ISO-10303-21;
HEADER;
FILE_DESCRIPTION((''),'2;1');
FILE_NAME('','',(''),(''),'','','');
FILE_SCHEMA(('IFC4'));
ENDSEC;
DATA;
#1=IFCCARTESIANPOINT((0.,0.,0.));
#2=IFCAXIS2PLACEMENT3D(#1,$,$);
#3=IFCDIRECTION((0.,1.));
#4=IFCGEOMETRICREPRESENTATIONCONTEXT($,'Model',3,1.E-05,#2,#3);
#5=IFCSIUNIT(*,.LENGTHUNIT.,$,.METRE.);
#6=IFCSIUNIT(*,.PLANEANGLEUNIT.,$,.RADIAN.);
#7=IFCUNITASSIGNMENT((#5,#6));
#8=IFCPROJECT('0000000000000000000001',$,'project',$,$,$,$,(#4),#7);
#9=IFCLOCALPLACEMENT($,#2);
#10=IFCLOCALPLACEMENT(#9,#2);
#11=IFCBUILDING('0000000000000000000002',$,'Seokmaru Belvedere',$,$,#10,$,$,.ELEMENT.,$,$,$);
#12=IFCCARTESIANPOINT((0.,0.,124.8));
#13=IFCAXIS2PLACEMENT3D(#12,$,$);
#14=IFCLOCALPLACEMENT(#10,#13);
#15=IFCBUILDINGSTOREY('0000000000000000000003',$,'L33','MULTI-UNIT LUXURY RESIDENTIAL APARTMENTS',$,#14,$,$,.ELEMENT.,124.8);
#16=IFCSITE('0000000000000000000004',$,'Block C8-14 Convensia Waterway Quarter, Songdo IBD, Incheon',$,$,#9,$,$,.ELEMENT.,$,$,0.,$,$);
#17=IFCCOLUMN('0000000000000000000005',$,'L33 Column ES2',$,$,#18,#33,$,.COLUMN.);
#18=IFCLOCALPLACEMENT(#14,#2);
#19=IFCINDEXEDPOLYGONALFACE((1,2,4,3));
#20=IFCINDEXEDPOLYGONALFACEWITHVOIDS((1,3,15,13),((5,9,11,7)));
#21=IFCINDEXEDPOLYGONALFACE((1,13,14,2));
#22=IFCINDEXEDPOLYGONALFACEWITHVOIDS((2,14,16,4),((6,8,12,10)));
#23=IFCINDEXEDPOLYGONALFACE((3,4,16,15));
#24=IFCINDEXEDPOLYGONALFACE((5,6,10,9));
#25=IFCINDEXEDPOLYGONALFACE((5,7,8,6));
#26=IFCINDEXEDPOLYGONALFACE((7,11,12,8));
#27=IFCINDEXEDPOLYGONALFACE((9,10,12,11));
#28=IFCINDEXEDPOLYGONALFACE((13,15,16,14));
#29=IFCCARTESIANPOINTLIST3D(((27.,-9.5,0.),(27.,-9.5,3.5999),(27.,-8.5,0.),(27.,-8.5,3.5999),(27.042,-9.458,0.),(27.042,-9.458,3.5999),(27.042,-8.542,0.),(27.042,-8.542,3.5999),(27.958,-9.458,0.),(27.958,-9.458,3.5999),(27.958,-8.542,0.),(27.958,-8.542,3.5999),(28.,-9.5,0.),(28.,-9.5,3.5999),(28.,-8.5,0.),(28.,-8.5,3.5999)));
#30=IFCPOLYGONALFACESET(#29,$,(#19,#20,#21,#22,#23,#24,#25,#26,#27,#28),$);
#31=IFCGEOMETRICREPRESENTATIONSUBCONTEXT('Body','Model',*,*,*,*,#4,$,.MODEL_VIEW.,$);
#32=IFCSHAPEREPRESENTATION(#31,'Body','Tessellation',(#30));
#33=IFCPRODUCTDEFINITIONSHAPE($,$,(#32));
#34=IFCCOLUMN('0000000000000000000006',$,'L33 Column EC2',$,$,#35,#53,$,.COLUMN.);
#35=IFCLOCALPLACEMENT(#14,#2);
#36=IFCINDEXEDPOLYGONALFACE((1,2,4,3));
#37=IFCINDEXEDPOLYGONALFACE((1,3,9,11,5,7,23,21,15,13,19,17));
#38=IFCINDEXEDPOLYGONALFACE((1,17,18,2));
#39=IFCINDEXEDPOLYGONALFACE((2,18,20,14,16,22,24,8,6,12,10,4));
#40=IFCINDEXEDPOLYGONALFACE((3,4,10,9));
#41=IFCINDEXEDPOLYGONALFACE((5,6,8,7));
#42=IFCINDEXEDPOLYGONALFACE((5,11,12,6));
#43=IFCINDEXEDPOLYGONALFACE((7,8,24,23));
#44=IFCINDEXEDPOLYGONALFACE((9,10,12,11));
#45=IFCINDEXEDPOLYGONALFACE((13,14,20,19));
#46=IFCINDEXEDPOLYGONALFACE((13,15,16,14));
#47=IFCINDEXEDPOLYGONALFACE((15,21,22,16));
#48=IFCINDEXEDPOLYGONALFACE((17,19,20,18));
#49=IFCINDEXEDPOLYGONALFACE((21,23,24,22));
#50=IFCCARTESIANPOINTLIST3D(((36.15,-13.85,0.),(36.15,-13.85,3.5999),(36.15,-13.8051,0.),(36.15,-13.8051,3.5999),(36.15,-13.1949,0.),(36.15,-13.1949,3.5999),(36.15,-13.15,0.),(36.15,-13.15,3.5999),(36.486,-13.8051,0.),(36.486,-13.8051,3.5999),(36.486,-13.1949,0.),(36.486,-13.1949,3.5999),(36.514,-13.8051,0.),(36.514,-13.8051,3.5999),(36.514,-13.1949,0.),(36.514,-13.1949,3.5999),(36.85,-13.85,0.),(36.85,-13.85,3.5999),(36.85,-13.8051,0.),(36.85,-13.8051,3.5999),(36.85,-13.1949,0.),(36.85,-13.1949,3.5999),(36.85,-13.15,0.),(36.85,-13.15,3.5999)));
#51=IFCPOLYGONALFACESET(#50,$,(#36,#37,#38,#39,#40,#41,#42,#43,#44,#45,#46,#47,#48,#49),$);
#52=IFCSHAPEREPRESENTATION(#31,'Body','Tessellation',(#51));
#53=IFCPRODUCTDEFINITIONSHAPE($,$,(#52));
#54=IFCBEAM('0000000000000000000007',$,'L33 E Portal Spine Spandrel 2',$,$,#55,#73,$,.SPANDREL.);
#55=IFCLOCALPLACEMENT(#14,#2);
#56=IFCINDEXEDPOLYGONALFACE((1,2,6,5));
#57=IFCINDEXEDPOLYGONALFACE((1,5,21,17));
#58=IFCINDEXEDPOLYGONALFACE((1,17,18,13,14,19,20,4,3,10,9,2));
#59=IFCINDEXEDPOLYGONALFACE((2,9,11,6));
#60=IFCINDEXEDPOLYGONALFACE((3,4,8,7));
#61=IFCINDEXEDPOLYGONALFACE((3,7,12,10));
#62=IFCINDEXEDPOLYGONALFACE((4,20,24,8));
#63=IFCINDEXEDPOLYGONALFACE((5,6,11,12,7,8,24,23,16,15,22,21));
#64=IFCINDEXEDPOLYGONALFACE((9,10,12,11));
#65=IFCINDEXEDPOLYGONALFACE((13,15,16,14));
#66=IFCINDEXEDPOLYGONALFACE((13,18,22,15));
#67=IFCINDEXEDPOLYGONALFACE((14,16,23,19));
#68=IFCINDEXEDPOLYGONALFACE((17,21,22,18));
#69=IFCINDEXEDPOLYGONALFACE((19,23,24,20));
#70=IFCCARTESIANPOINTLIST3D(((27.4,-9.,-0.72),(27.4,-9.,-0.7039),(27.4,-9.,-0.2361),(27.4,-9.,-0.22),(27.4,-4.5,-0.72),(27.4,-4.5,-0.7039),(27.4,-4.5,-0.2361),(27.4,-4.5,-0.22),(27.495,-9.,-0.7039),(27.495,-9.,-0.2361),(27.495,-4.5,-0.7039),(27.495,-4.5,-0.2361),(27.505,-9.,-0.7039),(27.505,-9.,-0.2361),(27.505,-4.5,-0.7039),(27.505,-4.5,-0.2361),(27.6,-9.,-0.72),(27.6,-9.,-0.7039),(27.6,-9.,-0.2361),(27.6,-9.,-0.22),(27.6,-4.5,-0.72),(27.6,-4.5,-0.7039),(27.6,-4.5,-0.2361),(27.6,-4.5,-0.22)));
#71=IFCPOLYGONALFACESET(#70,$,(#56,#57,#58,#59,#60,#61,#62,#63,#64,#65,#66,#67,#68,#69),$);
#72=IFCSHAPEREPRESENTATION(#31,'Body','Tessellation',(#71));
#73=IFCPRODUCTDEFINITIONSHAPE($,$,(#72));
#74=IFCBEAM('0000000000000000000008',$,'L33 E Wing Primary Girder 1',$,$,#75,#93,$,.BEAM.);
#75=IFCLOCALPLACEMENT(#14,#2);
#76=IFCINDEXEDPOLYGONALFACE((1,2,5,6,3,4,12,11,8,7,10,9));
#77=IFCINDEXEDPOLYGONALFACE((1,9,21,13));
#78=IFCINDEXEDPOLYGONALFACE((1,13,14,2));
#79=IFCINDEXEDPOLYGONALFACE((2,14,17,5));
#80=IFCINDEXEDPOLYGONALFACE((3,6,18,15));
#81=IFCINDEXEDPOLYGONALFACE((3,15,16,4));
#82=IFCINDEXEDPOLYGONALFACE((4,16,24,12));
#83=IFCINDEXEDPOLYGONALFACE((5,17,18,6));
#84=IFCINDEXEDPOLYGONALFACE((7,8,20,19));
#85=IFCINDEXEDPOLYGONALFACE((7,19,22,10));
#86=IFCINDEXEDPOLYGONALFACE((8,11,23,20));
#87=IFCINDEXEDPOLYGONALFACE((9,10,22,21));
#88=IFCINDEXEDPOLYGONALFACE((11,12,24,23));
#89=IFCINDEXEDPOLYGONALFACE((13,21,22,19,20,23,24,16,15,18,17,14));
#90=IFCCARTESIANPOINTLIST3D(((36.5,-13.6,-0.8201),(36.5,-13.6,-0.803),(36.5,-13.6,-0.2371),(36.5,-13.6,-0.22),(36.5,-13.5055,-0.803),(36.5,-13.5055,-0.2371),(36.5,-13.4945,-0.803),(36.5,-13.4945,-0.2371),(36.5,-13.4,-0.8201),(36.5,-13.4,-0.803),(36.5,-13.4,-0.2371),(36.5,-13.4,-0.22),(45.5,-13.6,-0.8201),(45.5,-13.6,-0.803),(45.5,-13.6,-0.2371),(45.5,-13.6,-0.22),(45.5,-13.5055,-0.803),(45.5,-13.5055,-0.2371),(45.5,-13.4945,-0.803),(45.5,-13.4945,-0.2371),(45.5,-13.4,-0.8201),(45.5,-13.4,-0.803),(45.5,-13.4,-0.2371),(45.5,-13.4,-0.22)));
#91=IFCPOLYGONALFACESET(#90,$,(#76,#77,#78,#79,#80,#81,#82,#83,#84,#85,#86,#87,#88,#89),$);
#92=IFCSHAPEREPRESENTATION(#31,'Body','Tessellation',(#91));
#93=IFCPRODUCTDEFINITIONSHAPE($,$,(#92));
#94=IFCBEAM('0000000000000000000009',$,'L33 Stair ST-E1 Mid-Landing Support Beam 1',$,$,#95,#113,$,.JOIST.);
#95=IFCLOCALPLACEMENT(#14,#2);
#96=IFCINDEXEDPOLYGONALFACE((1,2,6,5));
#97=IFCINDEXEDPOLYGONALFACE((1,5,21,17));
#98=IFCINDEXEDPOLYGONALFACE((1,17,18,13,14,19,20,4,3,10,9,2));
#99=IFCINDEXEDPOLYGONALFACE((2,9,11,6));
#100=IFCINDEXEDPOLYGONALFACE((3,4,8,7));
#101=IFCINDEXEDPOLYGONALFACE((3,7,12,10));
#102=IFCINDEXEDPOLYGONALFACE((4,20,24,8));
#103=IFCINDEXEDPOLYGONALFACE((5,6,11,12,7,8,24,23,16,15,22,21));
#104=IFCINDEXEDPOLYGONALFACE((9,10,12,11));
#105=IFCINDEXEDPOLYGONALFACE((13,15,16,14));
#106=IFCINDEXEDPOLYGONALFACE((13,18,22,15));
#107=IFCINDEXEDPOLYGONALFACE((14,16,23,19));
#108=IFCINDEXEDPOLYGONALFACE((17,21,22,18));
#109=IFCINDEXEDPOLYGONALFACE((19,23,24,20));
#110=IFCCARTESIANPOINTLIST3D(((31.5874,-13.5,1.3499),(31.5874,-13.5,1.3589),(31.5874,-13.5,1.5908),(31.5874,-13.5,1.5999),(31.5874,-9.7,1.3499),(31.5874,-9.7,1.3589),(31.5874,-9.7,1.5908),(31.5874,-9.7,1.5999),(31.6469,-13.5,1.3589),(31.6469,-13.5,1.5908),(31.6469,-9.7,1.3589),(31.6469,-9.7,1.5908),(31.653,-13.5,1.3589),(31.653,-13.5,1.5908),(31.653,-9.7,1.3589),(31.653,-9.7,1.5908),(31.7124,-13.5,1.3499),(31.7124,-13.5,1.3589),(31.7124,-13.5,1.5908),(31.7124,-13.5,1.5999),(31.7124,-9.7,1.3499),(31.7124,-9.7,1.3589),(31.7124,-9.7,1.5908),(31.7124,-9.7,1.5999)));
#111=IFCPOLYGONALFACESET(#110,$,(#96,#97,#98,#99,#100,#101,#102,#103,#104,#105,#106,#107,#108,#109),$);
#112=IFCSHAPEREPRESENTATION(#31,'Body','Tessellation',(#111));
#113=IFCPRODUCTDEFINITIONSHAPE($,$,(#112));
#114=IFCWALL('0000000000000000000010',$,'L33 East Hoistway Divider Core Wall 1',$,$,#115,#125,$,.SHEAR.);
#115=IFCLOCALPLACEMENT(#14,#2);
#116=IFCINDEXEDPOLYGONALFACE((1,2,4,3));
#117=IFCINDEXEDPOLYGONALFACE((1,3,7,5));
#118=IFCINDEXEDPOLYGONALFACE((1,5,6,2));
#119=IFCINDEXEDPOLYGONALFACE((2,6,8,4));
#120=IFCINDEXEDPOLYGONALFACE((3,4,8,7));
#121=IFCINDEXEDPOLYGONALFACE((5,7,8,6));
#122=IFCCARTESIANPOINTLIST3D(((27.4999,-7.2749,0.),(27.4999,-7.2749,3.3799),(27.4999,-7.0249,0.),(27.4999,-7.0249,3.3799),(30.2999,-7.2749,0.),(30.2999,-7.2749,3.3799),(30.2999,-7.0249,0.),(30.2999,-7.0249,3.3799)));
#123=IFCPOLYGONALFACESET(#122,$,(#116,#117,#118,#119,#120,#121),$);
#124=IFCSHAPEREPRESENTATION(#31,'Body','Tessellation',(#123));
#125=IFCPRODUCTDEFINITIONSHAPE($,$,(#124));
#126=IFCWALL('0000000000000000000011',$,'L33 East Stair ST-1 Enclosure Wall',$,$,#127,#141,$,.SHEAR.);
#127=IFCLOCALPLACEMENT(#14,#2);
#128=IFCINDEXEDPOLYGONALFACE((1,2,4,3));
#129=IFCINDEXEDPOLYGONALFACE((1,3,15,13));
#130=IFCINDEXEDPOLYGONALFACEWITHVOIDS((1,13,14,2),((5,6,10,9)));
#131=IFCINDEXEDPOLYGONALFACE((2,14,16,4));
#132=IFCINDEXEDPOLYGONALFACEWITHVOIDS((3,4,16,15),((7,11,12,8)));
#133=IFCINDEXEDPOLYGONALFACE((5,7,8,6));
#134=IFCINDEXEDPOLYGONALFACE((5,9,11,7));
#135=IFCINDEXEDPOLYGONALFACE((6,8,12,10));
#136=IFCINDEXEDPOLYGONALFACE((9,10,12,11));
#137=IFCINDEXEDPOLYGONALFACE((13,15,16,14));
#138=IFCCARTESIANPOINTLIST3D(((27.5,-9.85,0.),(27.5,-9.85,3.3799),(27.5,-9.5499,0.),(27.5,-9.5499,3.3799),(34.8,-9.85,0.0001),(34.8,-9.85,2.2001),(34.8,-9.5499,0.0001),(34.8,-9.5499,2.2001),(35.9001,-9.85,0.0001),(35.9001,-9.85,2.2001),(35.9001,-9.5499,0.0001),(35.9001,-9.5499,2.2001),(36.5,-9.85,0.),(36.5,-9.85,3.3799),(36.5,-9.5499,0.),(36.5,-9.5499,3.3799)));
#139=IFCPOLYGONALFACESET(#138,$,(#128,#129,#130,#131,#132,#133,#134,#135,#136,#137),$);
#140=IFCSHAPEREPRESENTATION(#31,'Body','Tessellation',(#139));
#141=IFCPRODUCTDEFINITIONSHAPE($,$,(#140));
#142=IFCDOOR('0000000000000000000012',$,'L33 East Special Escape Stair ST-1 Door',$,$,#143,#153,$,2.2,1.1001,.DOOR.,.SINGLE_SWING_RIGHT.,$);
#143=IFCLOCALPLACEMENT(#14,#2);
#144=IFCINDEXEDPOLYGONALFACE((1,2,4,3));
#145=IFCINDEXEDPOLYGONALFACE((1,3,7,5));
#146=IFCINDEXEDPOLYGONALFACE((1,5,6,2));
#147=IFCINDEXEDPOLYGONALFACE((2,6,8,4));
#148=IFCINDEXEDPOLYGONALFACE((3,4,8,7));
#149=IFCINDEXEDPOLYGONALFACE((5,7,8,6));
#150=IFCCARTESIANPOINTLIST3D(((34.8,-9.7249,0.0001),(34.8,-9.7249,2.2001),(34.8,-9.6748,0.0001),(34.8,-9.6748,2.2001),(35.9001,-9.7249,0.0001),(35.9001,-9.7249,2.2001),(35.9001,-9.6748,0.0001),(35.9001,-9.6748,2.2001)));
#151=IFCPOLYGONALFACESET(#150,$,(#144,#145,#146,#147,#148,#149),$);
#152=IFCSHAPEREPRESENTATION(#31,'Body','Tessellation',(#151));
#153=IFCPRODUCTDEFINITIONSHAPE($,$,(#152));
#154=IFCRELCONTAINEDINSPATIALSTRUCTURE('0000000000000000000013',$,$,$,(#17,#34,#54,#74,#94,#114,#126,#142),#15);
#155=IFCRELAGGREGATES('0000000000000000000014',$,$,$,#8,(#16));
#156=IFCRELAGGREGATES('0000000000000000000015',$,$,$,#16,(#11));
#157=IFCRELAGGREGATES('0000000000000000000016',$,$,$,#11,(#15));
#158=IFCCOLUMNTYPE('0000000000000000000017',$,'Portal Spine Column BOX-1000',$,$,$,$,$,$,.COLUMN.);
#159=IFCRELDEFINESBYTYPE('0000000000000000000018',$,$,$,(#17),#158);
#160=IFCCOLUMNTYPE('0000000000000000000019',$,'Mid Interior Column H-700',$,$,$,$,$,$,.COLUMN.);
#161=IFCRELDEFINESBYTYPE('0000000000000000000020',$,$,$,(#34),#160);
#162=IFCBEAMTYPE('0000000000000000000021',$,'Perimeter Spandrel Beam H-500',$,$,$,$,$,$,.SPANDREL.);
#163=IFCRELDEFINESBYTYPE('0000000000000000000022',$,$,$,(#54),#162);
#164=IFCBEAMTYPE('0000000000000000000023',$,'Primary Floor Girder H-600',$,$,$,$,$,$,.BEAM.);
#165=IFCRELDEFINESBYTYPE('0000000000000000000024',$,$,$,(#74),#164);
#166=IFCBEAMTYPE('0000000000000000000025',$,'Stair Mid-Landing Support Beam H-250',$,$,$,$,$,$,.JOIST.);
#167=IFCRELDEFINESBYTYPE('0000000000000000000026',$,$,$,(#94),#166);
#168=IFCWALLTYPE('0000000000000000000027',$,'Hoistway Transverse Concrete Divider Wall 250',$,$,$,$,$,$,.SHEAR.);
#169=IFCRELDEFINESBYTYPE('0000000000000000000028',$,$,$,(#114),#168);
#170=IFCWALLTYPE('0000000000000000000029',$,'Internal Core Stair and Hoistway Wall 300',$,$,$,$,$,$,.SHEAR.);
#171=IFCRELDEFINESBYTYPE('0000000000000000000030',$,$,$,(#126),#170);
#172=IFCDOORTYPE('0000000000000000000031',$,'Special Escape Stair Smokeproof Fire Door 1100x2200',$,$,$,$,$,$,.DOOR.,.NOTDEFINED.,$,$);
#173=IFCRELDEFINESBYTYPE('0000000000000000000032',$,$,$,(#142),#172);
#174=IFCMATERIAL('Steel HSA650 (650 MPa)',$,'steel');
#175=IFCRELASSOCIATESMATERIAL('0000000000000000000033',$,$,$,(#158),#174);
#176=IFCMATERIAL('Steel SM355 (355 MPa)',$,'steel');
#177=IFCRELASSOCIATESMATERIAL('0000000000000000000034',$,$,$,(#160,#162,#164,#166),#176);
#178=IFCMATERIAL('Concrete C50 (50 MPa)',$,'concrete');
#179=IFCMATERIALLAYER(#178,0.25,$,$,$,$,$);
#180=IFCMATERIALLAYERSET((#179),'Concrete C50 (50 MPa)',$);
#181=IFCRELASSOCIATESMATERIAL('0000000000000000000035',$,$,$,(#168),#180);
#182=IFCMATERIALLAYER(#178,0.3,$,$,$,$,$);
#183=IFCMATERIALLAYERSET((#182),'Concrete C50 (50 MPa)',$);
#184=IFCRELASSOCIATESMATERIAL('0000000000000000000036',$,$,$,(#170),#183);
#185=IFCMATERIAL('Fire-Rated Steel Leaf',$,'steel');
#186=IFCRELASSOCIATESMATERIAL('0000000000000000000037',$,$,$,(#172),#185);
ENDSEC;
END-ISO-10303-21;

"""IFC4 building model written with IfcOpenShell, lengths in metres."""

from ifc_helpers import new_model, si_unit, direction, frame, frame_2d, origin, origin_2d, place, context, subcontext, project, spatial, rectangle, hollow_rectangle, i_section, extrude, source, transform, mapped, material, layer, layer_set, material_profile, profile_set, type_object, type_shapes, element, fill, save


model = new_model("IFC4")

# Units and contexts
model_context = context("Model", 3, precision=1e-05, world=origin(), true_north=direction((0.0, 1.0)))
body_context = subcontext(model_context, "Body", "Model", "MODEL_VIEW")
ifc_project = project(units=[si_unit("LENGTHUNIT", "METRE"), si_unit("PLANEANGLEUNIT", "RADIAN")], contexts=[model_context])

# Site, building, storey
site_placement = place(None, origin())
site = spatial("IfcSite", under=ifc_project, at=site_placement, Name="Block C8-14 Convensia Waterway Quarter, Songdo IBD, Incheon", CompositionType="ELEMENT", RefElevation=0.0)
building_placement = place(site_placement, origin())
building = spatial("IfcBuilding", under=site, at=building_placement, Name="Seokmaru Belvedere", CompositionType="ELEMENT")
storey_placement = place(building_placement, frame((0.0, 0.0, 124.8)))
storey = spatial("IfcBuildingStorey", under=building, at=storey_placement, Name="L33", Description="MULTI-UNIT LUXURY RESIDENTIAL APARTMENTS", CompositionType="ELEMENT", Elevation=124.8)

# Columns
ifc_material_1 = material(Name="Steel HSA650 (650 MPa)", Category="steel")
ifc_material_profile_1 = material_profile(ifc_material_1, hollow_rectangle(XDim=1.0, YDim=1.0, WallThickness=0.042, at=origin_2d()), Name="BOX-1000x1000x42")
ifc_profile_set_1 = profile_set([ifc_material_profile_1], Name="Steel HSA650 (650 MPa)")
column_type_1 = type_object("IfcColumnType", Name="Portal Spine Column BOX-1000", PredefinedType="COLUMN", material=ifc_profile_set_1)
shared_shape_1 = source(origin(), body_context, "Body", "SweptSolid", [
    extrude(hollow_rectangle(XDim=1.0, YDim=1.0, WallThickness=0.042, at=origin_2d()), origin(), (0.0, 0.0, 1.0), 3.5999),
])
type_shapes(column_type_1, [shared_shape_1])
column_1_placement = place(storey_placement, frame((27.5, -9.0, 0.0), z_axis=(0.0, 0.0, 1.0), x_axis=(1.0, 0.0, 0.0)))
element("IfcColumn", 1, at=column_1_placement, inside=storey, type_object=column_type_1, Name="L33 Column ES2", PredefinedType="COLUMN", context=body_context, shape_type="MappedRepresentation", body=[
    mapped(shared_shape_1, transform((0.0, 0.0, 0.0), scale=1.0)),
])
ifc_material_2 = material(Name="Steel SM355 (355 MPa)", Category="steel")
ifc_material_profile_2 = material_profile(ifc_material_2, i_section(OverallWidth=0.7, OverallDepth=0.7, WebThickness=0.0281, FlangeThickness=0.0449, at=origin_2d()), Name="H-700x700x28x45")
ifc_profile_set_2 = profile_set([ifc_material_profile_2], Name="Steel SM355 (355 MPa)")
column_type_2 = type_object("IfcColumnType", Name="Mid Interior Column H-700", PredefinedType="COLUMN", material=ifc_profile_set_2)
shared_shape_2 = source(origin(), body_context, "Body", "SweptSolid", [
    extrude(i_section(OverallWidth=0.7, OverallDepth=0.7, WebThickness=0.0281, FlangeThickness=0.0449, at=origin_2d()), origin(), (0.0, 0.0, 1.0), 3.5999),
])
type_shapes(column_type_2, [shared_shape_2])
column_2_placement = place(storey_placement, frame((36.5, -13.5, 0.0), z_axis=(0.0, 0.0, 1.0), x_axis=(1.0, 0.0, 0.0)))
element("IfcColumn", 2, at=column_2_placement, inside=storey, type_object=column_type_2, Name="L33 Column EC2", PredefinedType="COLUMN", context=body_context, shape_type="MappedRepresentation", body=[
    mapped(shared_shape_2, transform((0.0, 0.0, 0.0), scale=1.0)),
])

# Beams
ifc_material_profile_3 = material_profile(ifc_material_2, i_section(OverallWidth=0.2, OverallDepth=0.5, WebThickness=0.01, FlangeThickness=0.0161, at=origin_2d()), Name="H-500x200x10x16")
ifc_profile_set_3 = profile_set([ifc_material_profile_3], Name="Steel SM355 (355 MPa)")
beam_type_1 = type_object("IfcBeamType", Name="Perimeter Spandrel Beam H-500", PredefinedType="SPANDREL", material=ifc_profile_set_3)
shared_shape_3 = source(origin(), body_context, "Body", "SweptSolid", [
    extrude(i_section(OverallWidth=0.2, OverallDepth=0.5, WebThickness=0.01, FlangeThickness=0.0161, at=origin_2d()), origin(), (0.0, 0.0, 1.0), 4.5),
])
type_shapes(beam_type_1, [shared_shape_3])
beam_1_placement = place(storey_placement, frame((27.5, -9.0, -0.47), z_axis=(0.0, 1.0, 0.0), x_axis=(-1.0, 0.0, 0.0)))
element("IfcBeam", 3, at=beam_1_placement, inside=storey, type_object=beam_type_1, Name="L33 E Portal Spine Spandrel 2", PredefinedType="SPANDREL", context=body_context, shape_type="MappedRepresentation", body=[
    mapped(shared_shape_3, transform((0.0, 0.0, 0.0), scale=1.0)),
])
ifc_material_profile_4 = material_profile(ifc_material_2, i_section(OverallWidth=0.2, OverallDepth=0.6001, WebThickness=0.011, FlangeThickness=0.0171, at=origin_2d()), Name="H-600x200x11x17")
ifc_profile_set_4 = profile_set([ifc_material_profile_4], Name="Steel SM355 (355 MPa)")
beam_type_2 = type_object("IfcBeamType", Name="Primary Floor Girder H-600", PredefinedType="BEAM", material=ifc_profile_set_4)
shared_shape_4 = source(origin(), body_context, "Body", "SweptSolid", [
    extrude(i_section(OverallWidth=0.2, OverallDepth=0.6001, WebThickness=0.011, FlangeThickness=0.0171, at=origin_2d()), origin(), (0.0, 0.0, 1.0), 9.0),
])
type_shapes(beam_type_2, [shared_shape_4])
beam_2_placement = place(storey_placement, frame((36.5, -13.5, -0.52), z_axis=(1.0, 0.0, 0.0), x_axis=(0.0, 1.0, 0.0)))
element("IfcBeam", 4, at=beam_2_placement, inside=storey, type_object=beam_type_2, Name="L33 E Wing Primary Girder 1", PredefinedType="BEAM", context=body_context, shape_type="MappedRepresentation", body=[
    mapped(shared_shape_4, transform((0.0, 0.0, 0.0), scale=1.0)),
])
ifc_material_profile_5 = material_profile(ifc_material_2, i_section(OverallWidth=0.125, OverallDepth=0.25, WebThickness=0.0061, FlangeThickness=0.009, at=origin_2d()), Name="H-250x125x6x9")
ifc_profile_set_5 = profile_set([ifc_material_profile_5], Name="Steel SM355 (355 MPa)")
beam_type_3 = type_object("IfcBeamType", Name="Stair Mid-Landing Support Beam H-250", PredefinedType="JOIST", material=ifc_profile_set_5)
shared_shape_5 = source(origin(), body_context, "Body", "SweptSolid", [
    extrude(i_section(OverallWidth=0.125, OverallDepth=0.25, WebThickness=0.0061, FlangeThickness=0.009, at=origin_2d()), origin(), (0.0, 0.0, 1.0), 3.8),
])
type_shapes(beam_type_3, [shared_shape_5])
beam_3_placement = place(storey_placement, frame((31.6499, -13.5, 1.4749), z_axis=(0.0, 1.0, 0.0), x_axis=(-1.0, 0.0, 0.0)))
element("IfcBeam", 5, at=beam_3_placement, inside=storey, type_object=beam_type_3, Name="L33 Stair ST-E1 Mid-Landing Support Beam 1", PredefinedType="JOIST", context=body_context, shape_type="MappedRepresentation", body=[
    mapped(shared_shape_5, transform((0.0, 0.0, 0.0), scale=1.0)),
])

# Wall
ifc_material_3 = material(Name="Concrete C50 (50 MPa)", Category="concrete")
ifc_layer_1 = layer(ifc_material_3, 0.25)
ifc_layer_set_1 = layer_set([ifc_layer_1], Name="Concrete C50 (50 MPa)")
wall_type_1 = type_object("IfcWallType", Name="Hoistway Transverse Concrete Divider Wall 250", PredefinedType="SHEAR", material=ifc_layer_set_1)
wall_1_placement = place(storey_placement, frame((27.5, -7.1499, 0.0), z_axis=(0.0, 0.0, 1.0), x_axis=(1.0, 0.0, 0.0)))
element("IfcWall", 6, at=wall_1_placement, inside=storey, type_object=wall_type_1, Name="L33 East Hoistway Divider Core Wall 1", PredefinedType="SHEAR", context=body_context, shape_type="SweptSolid", body=[
    extrude(rectangle(XDim=2.8, YDim=0.25, at=frame_2d((1.3999, 0.0))), origin(), (0.0, 0.0, 1.0), 3.3799),
])

# Wall, opening, door
ifc_layer_2 = layer(ifc_material_3, 0.3)
ifc_layer_set_2 = layer_set([ifc_layer_2], Name="Concrete C50 (50 MPa)")
wall_type_2 = type_object("IfcWallType", Name="Internal Core Stair and Hoistway Wall 300", PredefinedType="SHEAR", material=ifc_layer_set_2)
wall_2_placement = place(storey_placement, frame((27.5, -9.7, 0.0), z_axis=(0.0, 0.0, 1.0), x_axis=(1.0, 0.0, 0.0)))
wall_2 = element("IfcWall", 7, at=wall_2_placement, inside=storey, type_object=wall_type_2, Name="L33 East Stair ST-1 Enclosure Wall", PredefinedType="SHEAR", context=body_context, shape_type="SweptSolid", body=[
    extrude(rectangle(XDim=9.0, YDim=0.3, at=frame_2d((4.5, 0.0))), origin(), (0.0, 0.0, 1.0), 3.3799),
])
opening_1_placement = place(wall_2_placement, frame((7.3, 0.0, 0.0)))
opening_1 = element("IfcOpeningElement", 8, at=opening_1_placement, cuts=wall_2, PredefinedType="OPENING", context=body_context, shape_type="SweptSolid", body=[
    extrude(rectangle(XDim=1.1001, YDim=2.2, at=frame_2d((0.55, 1.1001))), frame((0.0, 0.1602, 0.0), z_axis=(0.0, -1.0, 0.0), x_axis=(1.0, 0.0, 0.0)), (0.0, 0.0, 1.0), 0.3201),
])
ifc_material_4 = material(Name="Fire-Rated Steel Leaf", Category="steel")
door_type_1 = type_object("IfcDoorType", Name="Special Escape Stair Smokeproof Fire Door 1100x2200", OperationType="NOTDEFINED", PredefinedType="DOOR", material=ifc_material_4)
shared_shape_6 = source(origin(), body_context, "Body", "SweptSolid", [
    extrude(rectangle(XDim=1.1001, YDim=2.2, at=frame_2d((0.55, 1.1001))), frame((0.0, 0.0249, 0.0), z_axis=(0.0, -1.0, 0.0), x_axis=(1.0, 0.0, 0.0)), (0.0, 0.0, 1.0), 0.05),
])
type_shapes(door_type_1, [shared_shape_6])
door_1_placement = place(opening_1_placement, frame((1.1001, 0.0, 0.0), z_axis=(0.0, 0.0, 1.0), x_axis=(-1.0, 0.0, 0.0)))
door_1 = element("IfcDoor", 9, at=door_1_placement, inside=storey, type_object=door_type_1, Name="L33 East Special Escape Stair ST-1 Door", OperationType="SINGLE_SWING_RIGHT", OverallHeight=2.2, OverallWidth=1.1001, PredefinedType="DOOR", context=body_context, shape_type="MappedRepresentation", body=[
    mapped(shared_shape_6, transform((0.0, 0.0, 0.0), scale=1.0)),
])
fill(opening_1, door_1)

save(model, "model.ifc")
